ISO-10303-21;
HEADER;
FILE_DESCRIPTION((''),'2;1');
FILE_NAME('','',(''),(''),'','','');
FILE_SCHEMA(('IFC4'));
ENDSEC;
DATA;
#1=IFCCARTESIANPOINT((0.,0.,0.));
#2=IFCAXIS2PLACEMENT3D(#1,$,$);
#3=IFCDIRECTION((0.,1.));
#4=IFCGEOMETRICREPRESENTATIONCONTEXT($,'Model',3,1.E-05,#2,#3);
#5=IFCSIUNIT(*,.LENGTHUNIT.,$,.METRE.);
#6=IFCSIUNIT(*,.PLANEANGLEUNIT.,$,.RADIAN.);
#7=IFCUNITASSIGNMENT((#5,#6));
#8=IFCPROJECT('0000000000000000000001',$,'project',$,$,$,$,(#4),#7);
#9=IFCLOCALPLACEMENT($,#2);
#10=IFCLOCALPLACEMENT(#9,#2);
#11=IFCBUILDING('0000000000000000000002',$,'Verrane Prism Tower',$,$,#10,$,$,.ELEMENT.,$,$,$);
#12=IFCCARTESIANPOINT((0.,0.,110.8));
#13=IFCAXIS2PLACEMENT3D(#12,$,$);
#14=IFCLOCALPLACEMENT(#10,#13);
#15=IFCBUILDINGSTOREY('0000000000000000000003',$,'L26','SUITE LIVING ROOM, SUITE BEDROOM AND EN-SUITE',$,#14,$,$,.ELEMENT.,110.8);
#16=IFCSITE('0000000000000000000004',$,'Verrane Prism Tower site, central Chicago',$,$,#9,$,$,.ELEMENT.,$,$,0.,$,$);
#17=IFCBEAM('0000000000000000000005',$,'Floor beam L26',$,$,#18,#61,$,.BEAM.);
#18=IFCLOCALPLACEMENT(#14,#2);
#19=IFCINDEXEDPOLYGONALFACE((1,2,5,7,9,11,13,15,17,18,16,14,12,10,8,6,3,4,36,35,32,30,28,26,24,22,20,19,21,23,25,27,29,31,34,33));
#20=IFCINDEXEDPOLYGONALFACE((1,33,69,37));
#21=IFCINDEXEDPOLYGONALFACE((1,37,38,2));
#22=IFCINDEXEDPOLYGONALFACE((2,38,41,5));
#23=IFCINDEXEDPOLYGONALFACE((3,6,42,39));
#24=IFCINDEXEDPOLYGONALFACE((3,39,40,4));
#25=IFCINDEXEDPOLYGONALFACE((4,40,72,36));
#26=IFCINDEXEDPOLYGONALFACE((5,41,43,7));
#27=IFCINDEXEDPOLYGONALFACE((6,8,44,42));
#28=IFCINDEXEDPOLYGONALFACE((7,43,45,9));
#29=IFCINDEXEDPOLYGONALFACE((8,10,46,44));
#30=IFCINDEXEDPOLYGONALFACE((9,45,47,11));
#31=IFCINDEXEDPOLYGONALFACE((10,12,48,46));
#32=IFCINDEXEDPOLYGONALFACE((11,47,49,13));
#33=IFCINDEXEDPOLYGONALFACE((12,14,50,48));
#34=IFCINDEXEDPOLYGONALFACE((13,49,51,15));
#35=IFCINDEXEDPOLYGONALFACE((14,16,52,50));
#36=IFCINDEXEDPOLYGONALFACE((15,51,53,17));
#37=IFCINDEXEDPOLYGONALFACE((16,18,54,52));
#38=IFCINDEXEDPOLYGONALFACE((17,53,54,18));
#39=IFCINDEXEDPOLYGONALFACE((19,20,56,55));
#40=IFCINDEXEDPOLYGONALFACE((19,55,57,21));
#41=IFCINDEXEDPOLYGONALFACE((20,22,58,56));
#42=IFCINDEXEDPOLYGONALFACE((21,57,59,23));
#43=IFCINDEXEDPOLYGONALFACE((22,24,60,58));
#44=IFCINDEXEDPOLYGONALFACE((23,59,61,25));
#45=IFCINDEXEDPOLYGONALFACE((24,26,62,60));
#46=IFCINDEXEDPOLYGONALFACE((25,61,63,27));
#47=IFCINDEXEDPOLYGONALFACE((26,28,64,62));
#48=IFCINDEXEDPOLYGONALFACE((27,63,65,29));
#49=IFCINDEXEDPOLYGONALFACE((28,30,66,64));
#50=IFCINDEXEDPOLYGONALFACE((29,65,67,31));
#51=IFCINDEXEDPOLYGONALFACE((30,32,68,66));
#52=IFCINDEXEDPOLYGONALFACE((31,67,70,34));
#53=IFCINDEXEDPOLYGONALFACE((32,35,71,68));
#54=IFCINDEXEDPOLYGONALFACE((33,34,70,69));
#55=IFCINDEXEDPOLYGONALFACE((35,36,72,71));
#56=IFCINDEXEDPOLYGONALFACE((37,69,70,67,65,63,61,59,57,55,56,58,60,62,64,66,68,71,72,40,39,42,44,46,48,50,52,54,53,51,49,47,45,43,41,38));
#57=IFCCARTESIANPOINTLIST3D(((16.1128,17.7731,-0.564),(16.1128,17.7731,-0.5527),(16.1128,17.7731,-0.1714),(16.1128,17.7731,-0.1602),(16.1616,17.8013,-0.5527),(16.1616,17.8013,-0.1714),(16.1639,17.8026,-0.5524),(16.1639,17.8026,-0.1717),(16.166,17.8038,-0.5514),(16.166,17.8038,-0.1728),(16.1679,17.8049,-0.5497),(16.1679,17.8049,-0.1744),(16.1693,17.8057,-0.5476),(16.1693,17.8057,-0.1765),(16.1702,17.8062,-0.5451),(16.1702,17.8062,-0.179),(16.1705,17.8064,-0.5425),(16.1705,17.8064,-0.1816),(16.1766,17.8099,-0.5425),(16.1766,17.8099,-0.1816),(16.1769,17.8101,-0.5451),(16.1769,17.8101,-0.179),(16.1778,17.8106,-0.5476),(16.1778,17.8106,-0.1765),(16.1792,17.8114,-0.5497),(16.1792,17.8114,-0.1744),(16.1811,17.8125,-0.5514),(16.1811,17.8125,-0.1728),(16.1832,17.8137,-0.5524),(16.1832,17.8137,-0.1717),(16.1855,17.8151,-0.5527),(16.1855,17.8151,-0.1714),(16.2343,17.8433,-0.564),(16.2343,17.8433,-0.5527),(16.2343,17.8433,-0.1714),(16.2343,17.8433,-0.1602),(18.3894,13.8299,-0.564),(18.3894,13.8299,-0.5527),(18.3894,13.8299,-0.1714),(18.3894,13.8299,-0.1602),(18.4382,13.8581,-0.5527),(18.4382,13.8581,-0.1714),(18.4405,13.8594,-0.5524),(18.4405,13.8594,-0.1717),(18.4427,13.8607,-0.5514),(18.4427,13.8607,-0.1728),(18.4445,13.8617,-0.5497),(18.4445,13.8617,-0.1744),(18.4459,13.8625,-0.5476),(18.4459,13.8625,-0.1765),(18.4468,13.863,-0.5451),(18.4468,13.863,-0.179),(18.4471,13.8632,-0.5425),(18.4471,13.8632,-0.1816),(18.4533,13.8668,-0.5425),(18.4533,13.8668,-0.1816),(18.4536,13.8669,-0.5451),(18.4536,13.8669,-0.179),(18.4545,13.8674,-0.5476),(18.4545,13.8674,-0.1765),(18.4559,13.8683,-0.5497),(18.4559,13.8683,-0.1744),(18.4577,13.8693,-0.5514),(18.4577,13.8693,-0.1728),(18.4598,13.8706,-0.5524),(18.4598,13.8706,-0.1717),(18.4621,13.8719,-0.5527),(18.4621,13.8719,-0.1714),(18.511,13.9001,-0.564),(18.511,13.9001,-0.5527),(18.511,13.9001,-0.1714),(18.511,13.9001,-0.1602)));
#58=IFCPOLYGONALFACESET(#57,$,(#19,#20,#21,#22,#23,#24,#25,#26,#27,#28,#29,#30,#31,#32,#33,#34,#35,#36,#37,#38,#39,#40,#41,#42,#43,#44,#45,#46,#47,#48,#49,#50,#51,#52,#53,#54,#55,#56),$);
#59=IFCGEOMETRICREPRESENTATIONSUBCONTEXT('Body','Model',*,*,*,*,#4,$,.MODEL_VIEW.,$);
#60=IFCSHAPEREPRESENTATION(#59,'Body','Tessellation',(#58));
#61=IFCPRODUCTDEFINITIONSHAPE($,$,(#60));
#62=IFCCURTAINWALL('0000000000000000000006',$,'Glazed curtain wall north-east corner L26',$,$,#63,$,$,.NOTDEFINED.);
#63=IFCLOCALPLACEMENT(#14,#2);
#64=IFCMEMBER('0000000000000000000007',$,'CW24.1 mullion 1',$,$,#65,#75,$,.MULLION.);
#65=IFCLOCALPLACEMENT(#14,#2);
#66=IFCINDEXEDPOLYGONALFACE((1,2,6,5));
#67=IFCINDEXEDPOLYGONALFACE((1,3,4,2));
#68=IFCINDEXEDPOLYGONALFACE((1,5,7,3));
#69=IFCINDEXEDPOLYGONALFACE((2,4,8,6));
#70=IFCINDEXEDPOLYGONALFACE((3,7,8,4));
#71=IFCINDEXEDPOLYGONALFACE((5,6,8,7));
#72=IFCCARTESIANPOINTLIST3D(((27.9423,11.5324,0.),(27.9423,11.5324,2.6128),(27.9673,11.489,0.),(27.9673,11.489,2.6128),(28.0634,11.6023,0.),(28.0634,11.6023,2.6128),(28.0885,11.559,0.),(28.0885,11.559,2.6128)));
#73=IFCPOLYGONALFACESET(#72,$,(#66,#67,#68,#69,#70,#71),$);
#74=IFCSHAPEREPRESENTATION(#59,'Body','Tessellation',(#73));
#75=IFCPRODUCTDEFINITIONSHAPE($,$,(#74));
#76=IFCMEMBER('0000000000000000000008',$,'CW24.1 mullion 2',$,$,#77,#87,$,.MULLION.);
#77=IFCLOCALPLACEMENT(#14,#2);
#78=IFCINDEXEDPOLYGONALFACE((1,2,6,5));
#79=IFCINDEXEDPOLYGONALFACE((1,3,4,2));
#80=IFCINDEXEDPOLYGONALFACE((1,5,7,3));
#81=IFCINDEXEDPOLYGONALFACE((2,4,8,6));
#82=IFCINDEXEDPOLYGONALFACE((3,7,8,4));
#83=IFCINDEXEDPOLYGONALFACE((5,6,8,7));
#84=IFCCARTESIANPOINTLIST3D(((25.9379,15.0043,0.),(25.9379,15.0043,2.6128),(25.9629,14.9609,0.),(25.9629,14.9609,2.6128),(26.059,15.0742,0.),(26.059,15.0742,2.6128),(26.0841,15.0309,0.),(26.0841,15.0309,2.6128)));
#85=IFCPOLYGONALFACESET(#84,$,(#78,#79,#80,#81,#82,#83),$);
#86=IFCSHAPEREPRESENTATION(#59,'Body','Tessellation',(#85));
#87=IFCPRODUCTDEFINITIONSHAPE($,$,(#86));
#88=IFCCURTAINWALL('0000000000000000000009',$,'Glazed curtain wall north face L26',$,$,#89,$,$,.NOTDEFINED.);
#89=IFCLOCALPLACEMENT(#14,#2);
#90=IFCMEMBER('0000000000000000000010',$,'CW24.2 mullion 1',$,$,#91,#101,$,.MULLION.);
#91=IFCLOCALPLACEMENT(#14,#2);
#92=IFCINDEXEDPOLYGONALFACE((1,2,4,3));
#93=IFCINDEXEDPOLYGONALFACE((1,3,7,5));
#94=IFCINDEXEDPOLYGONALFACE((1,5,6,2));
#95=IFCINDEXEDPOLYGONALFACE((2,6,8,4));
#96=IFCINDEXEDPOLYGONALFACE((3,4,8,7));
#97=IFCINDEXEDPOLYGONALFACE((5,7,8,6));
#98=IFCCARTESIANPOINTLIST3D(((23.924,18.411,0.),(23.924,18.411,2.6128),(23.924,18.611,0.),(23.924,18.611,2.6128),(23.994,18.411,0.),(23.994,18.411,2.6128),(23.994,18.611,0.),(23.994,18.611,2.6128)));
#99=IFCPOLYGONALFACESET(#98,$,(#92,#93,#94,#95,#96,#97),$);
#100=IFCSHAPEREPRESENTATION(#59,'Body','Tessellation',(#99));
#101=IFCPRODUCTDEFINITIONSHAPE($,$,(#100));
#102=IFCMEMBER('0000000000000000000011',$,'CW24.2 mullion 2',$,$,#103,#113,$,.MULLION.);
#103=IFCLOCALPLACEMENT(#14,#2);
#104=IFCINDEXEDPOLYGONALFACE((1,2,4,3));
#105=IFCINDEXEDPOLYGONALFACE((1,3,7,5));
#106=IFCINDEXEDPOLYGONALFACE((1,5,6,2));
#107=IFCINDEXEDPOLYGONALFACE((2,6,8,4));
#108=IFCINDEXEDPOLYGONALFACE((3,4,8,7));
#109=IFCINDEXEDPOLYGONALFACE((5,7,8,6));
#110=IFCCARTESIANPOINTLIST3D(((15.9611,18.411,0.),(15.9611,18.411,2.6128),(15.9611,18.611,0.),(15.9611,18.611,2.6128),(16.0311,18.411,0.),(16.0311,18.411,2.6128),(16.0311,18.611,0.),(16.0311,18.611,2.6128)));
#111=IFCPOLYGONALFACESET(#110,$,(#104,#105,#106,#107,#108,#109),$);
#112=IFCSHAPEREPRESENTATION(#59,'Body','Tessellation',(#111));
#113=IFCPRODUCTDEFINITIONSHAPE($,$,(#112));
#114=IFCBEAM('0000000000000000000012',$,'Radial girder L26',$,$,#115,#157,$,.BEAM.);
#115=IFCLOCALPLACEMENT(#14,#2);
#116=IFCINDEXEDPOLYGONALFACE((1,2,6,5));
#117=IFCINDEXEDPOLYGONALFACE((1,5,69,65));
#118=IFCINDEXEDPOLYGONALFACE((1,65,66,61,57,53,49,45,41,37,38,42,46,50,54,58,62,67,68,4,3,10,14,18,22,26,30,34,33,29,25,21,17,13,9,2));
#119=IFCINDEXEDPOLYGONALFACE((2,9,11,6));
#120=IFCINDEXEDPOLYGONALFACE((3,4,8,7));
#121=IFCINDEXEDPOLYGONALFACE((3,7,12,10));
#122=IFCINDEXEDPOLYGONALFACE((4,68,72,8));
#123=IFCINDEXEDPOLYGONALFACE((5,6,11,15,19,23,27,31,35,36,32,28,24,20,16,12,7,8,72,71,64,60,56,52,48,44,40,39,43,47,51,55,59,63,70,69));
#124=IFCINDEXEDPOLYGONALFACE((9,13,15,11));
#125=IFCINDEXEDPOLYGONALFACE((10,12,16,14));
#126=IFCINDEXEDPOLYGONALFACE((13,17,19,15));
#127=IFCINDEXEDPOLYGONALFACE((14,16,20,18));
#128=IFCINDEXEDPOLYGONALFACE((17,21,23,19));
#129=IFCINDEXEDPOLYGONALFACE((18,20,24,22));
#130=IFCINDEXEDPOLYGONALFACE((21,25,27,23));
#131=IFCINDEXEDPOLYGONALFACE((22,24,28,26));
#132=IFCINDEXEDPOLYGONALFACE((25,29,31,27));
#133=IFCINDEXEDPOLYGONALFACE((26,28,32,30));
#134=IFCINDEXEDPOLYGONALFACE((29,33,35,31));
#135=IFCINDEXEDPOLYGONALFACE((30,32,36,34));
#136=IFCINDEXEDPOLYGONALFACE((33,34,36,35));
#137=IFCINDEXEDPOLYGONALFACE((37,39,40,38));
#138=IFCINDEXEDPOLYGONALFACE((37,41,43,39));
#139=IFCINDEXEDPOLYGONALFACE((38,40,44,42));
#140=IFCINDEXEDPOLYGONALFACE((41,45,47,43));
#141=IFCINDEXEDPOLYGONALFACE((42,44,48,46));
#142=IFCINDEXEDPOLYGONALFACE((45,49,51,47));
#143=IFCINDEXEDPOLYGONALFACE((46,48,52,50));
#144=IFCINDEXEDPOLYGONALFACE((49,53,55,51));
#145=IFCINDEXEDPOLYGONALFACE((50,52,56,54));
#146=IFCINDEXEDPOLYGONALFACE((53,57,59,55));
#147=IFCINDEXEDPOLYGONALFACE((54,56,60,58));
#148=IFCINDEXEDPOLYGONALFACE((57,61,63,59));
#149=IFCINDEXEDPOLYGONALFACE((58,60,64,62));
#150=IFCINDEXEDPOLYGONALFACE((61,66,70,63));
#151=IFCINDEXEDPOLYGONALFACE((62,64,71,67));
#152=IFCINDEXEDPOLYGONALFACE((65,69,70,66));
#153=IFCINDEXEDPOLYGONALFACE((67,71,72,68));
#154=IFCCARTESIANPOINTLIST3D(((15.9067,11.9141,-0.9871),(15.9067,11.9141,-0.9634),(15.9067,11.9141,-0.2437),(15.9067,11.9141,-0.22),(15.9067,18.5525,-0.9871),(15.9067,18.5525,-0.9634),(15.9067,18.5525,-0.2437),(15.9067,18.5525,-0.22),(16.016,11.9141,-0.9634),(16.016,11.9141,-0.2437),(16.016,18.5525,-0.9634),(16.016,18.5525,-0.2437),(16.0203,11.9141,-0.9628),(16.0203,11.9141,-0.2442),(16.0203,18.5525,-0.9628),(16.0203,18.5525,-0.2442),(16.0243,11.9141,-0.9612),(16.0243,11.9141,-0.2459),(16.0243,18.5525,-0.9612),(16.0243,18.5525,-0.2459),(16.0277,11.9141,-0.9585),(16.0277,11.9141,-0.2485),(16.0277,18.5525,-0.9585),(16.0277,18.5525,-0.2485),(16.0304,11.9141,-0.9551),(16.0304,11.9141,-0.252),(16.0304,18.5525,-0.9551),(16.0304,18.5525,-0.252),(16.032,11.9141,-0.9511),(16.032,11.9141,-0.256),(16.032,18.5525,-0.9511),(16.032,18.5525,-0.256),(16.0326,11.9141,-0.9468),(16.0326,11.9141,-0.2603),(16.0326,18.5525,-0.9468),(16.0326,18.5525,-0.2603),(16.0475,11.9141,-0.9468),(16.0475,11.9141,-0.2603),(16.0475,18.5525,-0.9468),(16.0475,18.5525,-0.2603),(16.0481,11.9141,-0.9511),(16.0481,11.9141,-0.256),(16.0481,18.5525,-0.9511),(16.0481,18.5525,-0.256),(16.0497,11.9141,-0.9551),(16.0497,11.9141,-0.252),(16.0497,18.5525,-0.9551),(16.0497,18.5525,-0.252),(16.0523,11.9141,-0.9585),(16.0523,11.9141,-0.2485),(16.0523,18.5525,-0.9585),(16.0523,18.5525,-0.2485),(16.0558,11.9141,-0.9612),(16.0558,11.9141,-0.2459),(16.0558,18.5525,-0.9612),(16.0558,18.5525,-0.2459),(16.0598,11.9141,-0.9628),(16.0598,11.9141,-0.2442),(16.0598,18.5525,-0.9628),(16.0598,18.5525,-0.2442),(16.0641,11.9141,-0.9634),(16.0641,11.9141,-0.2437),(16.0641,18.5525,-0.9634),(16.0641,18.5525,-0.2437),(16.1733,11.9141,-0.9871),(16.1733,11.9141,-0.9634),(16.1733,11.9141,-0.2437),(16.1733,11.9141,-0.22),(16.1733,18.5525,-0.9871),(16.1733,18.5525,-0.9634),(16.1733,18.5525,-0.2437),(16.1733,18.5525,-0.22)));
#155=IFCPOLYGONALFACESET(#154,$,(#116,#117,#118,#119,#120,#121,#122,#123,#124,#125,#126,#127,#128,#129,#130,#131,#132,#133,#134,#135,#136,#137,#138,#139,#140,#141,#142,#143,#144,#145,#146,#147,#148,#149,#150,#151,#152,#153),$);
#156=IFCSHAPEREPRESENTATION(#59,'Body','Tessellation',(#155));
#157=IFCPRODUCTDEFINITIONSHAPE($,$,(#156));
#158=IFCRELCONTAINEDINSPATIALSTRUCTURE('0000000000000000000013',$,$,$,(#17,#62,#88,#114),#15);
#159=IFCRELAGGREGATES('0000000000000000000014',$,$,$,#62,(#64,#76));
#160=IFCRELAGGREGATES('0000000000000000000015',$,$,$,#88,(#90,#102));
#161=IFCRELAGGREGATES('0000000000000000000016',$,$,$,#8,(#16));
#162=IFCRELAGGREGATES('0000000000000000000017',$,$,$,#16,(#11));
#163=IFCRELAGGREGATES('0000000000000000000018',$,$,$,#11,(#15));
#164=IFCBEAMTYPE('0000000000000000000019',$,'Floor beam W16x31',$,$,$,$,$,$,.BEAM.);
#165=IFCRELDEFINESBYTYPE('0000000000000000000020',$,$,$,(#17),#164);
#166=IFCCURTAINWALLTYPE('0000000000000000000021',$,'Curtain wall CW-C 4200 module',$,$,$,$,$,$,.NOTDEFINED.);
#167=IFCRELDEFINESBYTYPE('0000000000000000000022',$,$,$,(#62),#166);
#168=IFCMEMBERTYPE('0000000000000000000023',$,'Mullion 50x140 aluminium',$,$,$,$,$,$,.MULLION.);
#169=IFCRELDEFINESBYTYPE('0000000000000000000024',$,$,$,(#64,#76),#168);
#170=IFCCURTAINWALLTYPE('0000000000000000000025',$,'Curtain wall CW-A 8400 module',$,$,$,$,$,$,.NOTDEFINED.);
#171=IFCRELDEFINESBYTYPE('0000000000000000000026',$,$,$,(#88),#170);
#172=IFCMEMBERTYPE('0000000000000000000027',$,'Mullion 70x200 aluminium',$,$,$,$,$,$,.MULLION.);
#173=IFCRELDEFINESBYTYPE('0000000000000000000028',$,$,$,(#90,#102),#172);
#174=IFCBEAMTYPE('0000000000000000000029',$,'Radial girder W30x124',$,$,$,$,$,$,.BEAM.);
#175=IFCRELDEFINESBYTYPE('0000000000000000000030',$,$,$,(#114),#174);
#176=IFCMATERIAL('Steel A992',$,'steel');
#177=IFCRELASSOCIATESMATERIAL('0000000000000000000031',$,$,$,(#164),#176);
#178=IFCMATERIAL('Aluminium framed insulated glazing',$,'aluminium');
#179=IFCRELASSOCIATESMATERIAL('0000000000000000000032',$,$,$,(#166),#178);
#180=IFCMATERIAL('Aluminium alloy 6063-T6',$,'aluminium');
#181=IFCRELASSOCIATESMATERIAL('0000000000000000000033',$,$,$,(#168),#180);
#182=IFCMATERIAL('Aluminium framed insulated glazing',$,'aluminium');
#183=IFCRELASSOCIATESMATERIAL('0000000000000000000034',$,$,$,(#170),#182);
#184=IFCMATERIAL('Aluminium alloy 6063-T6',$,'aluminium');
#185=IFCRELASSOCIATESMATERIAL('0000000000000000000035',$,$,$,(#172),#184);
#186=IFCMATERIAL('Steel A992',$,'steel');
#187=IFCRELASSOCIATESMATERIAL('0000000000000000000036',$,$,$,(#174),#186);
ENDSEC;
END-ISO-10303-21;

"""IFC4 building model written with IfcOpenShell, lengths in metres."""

from ifc_helpers import new_model, si_unit, direction, frame, origin, origin_2d, place, context, subcontext, project, spatial, rectangle, i_section, extrude, material, material_profile, profile_set, type_object, element, aggregate, save


model = new_model("IFC4")

# Units and contexts
model_context = context("Model", 3, precision=1e-05, world=origin(), true_north=direction((0.0, 1.0)))
body_context = subcontext(model_context, "Body", "Model", "MODEL_VIEW")
ifc_project = project(units=[si_unit("LENGTHUNIT", "METRE"), si_unit("PLANEANGLEUNIT", "RADIAN")], contexts=[model_context])

# Site, building, storey
site_placement = place(None, origin())
site = spatial("IfcSite", under=ifc_project, at=site_placement, Name="Verrane Prism Tower site, central Chicago", CompositionType="ELEMENT", RefElevation=0.0)
building_placement = place(site_placement, origin())
building = spatial("IfcBuilding", under=site, at=building_placement, Name="Verrane Prism Tower", CompositionType="ELEMENT")
storey_placement = place(building_placement, frame((0.0, 0.0, 110.8)))
storey = spatial("IfcBuildingStorey", under=building, at=storey_placement, Name="L26", Description="SUITE LIVING ROOM, SUITE BEDROOM AND EN-SUITE", CompositionType="ELEMENT", Elevation=110.8)

# Beam
ifc_material_1 = material(Name="Steel A992", Category="steel")
ifc_material_profile_1 = material_profile(ifc_material_1, i_section(OverallWidth=0.1404, OverallDepth=0.4038, WebThickness=0.0071, FlangeThickness=0.0112, FilletRadius=0.0103, at=origin_2d()), Name="W16x31")
ifc_profile_set_1 = profile_set([ifc_material_profile_1], Name="Steel A992")
beam_type_1 = type_object("IfcBeamType", Name="Floor beam W16x31", PredefinedType="BEAM", material=ifc_profile_set_1)
beam_1_placement = place(storey_placement, frame((18.4502, 13.865, -0.3621), z_axis=(-0.500009, 0.86602, 0.0), x_axis=(-0.86602, -0.500009, 0.0)))
element("IfcBeam", 1, at=beam_1_placement, inside=storey, type_object=beam_type_1, Name="Floor beam L26", PredefinedType="BEAM", context=body_context, shape_type="SweptSolid", body=[
    extrude(i_section(OverallWidth=0.1404, OverallDepth=0.4038, WebThickness=0.0071, FlangeThickness=0.0112, FilletRadius=0.0103, at=origin_2d()), origin(), (0.0, 0.0, 1.0), 4.5532),
])

# Curtain walls, members
ifc_material_2 = material(Name="Aluminium framed insulated glazing", Category="aluminium")
curtain_wall_type_1 = type_object("IfcCurtainWallType", Name="Curtain wall CW-C 4200 module", PredefinedType="NOTDEFINED", material=ifc_material_2)
curtain_wall_1_placement = place(storey_placement, origin())
curtain_wall_1 = element("IfcCurtainWall", 2, at=curtain_wall_1_placement, inside=storey, type_object=curtain_wall_type_1, Name="Glazed curtain wall north-east corner L26", PredefinedType="NOTDEFINED")
ifc_material_3 = material(Name="Aluminium alloy 6063-T6", Category="aluminium")
ifc_material_profile_2 = material_profile(ifc_material_3, rectangle(XDim=0.1399, YDim=0.05, at=origin_2d()), Name="Mullion 50x140 aluminium")
ifc_profile_set_2 = profile_set([ifc_material_profile_2], Name="Aluminium alloy 6063-T6")
member_type_1 = type_object("IfcMemberType", Name="Mullion 50x140 aluminium", PredefinedType="MULLION", material=ifc_profile_set_2)
member_1_placement = place(storey_placement, frame((28.0154, 11.5457, 0.0), z_axis=(0.0, 0.0, 1.0), x_axis=(-0.866028, -0.499996, 0.0)))
member_1 = element("IfcMember", 3, at=member_1_placement, type_object=member_type_1, Name="CW24.1 mullion 1", PredefinedType="MULLION", context=body_context, shape_type="SweptSolid", body=[
    extrude(rectangle(XDim=0.1399, YDim=0.05, at=origin_2d()), origin(), (0.0, 0.0, 1.0), 2.6128),
])
member_2_placement = place(storey_placement, frame((26.011, 15.0176, 0.0), z_axis=(0.0, 0.0, 1.0), x_axis=(-0.866028, -0.499996, 0.0)))
member_2 = element("IfcMember", 4, at=member_2_placement, type_object=member_type_1, Name="CW24.1 mullion 2", PredefinedType="MULLION", context=body_context, shape_type="SweptSolid", body=[
    extrude(rectangle(XDim=0.1399, YDim=0.05, at=origin_2d()), origin(), (0.0, 0.0, 1.0), 2.6128),
])
ifc_material_4 = material(Name="Aluminium framed insulated glazing", Category="aluminium")
curtain_wall_type_2 = type_object("IfcCurtainWallType", Name="Curtain wall CW-A 8400 module", PredefinedType="NOTDEFINED", material=ifc_material_4)
curtain_wall_2_placement = place(storey_placement, origin())
curtain_wall_2 = element("IfcCurtainWall", 5, at=curtain_wall_2_placement, inside=storey, type_object=curtain_wall_type_2, Name="Glazed curtain wall north face L26", PredefinedType="NOTDEFINED")
ifc_material_5 = material(Name="Aluminium alloy 6063-T6", Category="aluminium")
ifc_material_profile_3 = material_profile(ifc_material_5, rectangle(XDim=0.2, YDim=0.0701, at=origin_2d()), Name="Mullion 70x200 aluminium")
ifc_profile_set_3 = profile_set([ifc_material_profile_3], Name="Aluminium alloy 6063-T6")
member_type_2 = type_object("IfcMemberType", Name="Mullion 70x200 aluminium", PredefinedType="MULLION", material=ifc_profile_set_3)
member_3_placement = place(storey_placement, frame((23.959, 18.511, 0.0), z_axis=(0.0, 0.0, 1.0), x_axis=(0.0, -1.0, 0.0)))
member_3 = element("IfcMember", 6, at=member_3_placement, type_object=member_type_2, Name="CW24.2 mullion 1", PredefinedType="MULLION", context=body_context, shape_type="SweptSolid", body=[
    extrude(rectangle(XDim=0.2, YDim=0.0701, at=origin_2d()), origin(), (0.0, 0.0, 1.0), 2.6128),
])
member_4_placement = place(storey_placement, frame((15.9961, 18.511, 0.0), z_axis=(0.0, 0.0, 1.0), x_axis=(0.0, -1.0, 0.0)))
member_4 = element("IfcMember", 7, at=member_4_placement, type_object=member_type_2, Name="CW24.2 mullion 2", PredefinedType="MULLION", context=body_context, shape_type="SweptSolid", body=[
    extrude(rectangle(XDim=0.2, YDim=0.0701, at=origin_2d()), origin(), (0.0, 0.0, 1.0), 2.6128),
])

# Beam
ifc_material_6 = material(Name="Steel A992", Category="steel")
ifc_material_profile_4 = material_profile(ifc_material_6, i_section(OverallWidth=0.2666, OverallDepth=0.7671, WebThickness=0.0149, FlangeThickness=0.0237, FilletRadius=0.0166, at=origin_2d()), Name="W30x124")
ifc_profile_set_4 = profile_set([ifc_material_profile_4], Name="Steel A992")
beam_type_2 = type_object("IfcBeamType", Name="Radial girder W30x124", PredefinedType="BEAM", material=ifc_profile_set_4)
beam_2_placement = place(storey_placement, frame((16.04, 18.5525, -0.6035), z_axis=(0.0, -1.0, 0.0), x_axis=(1.0, 0.0, 0.0)))
element("IfcBeam", 8, at=beam_2_placement, inside=storey, type_object=beam_type_2, Name="Radial girder L26", PredefinedType="BEAM", context=body_context, shape_type="SweptSolid", body=[
    extrude(i_section(OverallWidth=0.2666, OverallDepth=0.7671, WebThickness=0.0149, FlangeThickness=0.0237, FilletRadius=0.0166, at=origin_2d()), origin(), (0.0, 0.0, 1.0), 6.6384),
])

aggregate(curtain_wall_1, [member_1, member_2])
aggregate(curtain_wall_2, [member_3, member_4])

save(model, "model.ifc")
